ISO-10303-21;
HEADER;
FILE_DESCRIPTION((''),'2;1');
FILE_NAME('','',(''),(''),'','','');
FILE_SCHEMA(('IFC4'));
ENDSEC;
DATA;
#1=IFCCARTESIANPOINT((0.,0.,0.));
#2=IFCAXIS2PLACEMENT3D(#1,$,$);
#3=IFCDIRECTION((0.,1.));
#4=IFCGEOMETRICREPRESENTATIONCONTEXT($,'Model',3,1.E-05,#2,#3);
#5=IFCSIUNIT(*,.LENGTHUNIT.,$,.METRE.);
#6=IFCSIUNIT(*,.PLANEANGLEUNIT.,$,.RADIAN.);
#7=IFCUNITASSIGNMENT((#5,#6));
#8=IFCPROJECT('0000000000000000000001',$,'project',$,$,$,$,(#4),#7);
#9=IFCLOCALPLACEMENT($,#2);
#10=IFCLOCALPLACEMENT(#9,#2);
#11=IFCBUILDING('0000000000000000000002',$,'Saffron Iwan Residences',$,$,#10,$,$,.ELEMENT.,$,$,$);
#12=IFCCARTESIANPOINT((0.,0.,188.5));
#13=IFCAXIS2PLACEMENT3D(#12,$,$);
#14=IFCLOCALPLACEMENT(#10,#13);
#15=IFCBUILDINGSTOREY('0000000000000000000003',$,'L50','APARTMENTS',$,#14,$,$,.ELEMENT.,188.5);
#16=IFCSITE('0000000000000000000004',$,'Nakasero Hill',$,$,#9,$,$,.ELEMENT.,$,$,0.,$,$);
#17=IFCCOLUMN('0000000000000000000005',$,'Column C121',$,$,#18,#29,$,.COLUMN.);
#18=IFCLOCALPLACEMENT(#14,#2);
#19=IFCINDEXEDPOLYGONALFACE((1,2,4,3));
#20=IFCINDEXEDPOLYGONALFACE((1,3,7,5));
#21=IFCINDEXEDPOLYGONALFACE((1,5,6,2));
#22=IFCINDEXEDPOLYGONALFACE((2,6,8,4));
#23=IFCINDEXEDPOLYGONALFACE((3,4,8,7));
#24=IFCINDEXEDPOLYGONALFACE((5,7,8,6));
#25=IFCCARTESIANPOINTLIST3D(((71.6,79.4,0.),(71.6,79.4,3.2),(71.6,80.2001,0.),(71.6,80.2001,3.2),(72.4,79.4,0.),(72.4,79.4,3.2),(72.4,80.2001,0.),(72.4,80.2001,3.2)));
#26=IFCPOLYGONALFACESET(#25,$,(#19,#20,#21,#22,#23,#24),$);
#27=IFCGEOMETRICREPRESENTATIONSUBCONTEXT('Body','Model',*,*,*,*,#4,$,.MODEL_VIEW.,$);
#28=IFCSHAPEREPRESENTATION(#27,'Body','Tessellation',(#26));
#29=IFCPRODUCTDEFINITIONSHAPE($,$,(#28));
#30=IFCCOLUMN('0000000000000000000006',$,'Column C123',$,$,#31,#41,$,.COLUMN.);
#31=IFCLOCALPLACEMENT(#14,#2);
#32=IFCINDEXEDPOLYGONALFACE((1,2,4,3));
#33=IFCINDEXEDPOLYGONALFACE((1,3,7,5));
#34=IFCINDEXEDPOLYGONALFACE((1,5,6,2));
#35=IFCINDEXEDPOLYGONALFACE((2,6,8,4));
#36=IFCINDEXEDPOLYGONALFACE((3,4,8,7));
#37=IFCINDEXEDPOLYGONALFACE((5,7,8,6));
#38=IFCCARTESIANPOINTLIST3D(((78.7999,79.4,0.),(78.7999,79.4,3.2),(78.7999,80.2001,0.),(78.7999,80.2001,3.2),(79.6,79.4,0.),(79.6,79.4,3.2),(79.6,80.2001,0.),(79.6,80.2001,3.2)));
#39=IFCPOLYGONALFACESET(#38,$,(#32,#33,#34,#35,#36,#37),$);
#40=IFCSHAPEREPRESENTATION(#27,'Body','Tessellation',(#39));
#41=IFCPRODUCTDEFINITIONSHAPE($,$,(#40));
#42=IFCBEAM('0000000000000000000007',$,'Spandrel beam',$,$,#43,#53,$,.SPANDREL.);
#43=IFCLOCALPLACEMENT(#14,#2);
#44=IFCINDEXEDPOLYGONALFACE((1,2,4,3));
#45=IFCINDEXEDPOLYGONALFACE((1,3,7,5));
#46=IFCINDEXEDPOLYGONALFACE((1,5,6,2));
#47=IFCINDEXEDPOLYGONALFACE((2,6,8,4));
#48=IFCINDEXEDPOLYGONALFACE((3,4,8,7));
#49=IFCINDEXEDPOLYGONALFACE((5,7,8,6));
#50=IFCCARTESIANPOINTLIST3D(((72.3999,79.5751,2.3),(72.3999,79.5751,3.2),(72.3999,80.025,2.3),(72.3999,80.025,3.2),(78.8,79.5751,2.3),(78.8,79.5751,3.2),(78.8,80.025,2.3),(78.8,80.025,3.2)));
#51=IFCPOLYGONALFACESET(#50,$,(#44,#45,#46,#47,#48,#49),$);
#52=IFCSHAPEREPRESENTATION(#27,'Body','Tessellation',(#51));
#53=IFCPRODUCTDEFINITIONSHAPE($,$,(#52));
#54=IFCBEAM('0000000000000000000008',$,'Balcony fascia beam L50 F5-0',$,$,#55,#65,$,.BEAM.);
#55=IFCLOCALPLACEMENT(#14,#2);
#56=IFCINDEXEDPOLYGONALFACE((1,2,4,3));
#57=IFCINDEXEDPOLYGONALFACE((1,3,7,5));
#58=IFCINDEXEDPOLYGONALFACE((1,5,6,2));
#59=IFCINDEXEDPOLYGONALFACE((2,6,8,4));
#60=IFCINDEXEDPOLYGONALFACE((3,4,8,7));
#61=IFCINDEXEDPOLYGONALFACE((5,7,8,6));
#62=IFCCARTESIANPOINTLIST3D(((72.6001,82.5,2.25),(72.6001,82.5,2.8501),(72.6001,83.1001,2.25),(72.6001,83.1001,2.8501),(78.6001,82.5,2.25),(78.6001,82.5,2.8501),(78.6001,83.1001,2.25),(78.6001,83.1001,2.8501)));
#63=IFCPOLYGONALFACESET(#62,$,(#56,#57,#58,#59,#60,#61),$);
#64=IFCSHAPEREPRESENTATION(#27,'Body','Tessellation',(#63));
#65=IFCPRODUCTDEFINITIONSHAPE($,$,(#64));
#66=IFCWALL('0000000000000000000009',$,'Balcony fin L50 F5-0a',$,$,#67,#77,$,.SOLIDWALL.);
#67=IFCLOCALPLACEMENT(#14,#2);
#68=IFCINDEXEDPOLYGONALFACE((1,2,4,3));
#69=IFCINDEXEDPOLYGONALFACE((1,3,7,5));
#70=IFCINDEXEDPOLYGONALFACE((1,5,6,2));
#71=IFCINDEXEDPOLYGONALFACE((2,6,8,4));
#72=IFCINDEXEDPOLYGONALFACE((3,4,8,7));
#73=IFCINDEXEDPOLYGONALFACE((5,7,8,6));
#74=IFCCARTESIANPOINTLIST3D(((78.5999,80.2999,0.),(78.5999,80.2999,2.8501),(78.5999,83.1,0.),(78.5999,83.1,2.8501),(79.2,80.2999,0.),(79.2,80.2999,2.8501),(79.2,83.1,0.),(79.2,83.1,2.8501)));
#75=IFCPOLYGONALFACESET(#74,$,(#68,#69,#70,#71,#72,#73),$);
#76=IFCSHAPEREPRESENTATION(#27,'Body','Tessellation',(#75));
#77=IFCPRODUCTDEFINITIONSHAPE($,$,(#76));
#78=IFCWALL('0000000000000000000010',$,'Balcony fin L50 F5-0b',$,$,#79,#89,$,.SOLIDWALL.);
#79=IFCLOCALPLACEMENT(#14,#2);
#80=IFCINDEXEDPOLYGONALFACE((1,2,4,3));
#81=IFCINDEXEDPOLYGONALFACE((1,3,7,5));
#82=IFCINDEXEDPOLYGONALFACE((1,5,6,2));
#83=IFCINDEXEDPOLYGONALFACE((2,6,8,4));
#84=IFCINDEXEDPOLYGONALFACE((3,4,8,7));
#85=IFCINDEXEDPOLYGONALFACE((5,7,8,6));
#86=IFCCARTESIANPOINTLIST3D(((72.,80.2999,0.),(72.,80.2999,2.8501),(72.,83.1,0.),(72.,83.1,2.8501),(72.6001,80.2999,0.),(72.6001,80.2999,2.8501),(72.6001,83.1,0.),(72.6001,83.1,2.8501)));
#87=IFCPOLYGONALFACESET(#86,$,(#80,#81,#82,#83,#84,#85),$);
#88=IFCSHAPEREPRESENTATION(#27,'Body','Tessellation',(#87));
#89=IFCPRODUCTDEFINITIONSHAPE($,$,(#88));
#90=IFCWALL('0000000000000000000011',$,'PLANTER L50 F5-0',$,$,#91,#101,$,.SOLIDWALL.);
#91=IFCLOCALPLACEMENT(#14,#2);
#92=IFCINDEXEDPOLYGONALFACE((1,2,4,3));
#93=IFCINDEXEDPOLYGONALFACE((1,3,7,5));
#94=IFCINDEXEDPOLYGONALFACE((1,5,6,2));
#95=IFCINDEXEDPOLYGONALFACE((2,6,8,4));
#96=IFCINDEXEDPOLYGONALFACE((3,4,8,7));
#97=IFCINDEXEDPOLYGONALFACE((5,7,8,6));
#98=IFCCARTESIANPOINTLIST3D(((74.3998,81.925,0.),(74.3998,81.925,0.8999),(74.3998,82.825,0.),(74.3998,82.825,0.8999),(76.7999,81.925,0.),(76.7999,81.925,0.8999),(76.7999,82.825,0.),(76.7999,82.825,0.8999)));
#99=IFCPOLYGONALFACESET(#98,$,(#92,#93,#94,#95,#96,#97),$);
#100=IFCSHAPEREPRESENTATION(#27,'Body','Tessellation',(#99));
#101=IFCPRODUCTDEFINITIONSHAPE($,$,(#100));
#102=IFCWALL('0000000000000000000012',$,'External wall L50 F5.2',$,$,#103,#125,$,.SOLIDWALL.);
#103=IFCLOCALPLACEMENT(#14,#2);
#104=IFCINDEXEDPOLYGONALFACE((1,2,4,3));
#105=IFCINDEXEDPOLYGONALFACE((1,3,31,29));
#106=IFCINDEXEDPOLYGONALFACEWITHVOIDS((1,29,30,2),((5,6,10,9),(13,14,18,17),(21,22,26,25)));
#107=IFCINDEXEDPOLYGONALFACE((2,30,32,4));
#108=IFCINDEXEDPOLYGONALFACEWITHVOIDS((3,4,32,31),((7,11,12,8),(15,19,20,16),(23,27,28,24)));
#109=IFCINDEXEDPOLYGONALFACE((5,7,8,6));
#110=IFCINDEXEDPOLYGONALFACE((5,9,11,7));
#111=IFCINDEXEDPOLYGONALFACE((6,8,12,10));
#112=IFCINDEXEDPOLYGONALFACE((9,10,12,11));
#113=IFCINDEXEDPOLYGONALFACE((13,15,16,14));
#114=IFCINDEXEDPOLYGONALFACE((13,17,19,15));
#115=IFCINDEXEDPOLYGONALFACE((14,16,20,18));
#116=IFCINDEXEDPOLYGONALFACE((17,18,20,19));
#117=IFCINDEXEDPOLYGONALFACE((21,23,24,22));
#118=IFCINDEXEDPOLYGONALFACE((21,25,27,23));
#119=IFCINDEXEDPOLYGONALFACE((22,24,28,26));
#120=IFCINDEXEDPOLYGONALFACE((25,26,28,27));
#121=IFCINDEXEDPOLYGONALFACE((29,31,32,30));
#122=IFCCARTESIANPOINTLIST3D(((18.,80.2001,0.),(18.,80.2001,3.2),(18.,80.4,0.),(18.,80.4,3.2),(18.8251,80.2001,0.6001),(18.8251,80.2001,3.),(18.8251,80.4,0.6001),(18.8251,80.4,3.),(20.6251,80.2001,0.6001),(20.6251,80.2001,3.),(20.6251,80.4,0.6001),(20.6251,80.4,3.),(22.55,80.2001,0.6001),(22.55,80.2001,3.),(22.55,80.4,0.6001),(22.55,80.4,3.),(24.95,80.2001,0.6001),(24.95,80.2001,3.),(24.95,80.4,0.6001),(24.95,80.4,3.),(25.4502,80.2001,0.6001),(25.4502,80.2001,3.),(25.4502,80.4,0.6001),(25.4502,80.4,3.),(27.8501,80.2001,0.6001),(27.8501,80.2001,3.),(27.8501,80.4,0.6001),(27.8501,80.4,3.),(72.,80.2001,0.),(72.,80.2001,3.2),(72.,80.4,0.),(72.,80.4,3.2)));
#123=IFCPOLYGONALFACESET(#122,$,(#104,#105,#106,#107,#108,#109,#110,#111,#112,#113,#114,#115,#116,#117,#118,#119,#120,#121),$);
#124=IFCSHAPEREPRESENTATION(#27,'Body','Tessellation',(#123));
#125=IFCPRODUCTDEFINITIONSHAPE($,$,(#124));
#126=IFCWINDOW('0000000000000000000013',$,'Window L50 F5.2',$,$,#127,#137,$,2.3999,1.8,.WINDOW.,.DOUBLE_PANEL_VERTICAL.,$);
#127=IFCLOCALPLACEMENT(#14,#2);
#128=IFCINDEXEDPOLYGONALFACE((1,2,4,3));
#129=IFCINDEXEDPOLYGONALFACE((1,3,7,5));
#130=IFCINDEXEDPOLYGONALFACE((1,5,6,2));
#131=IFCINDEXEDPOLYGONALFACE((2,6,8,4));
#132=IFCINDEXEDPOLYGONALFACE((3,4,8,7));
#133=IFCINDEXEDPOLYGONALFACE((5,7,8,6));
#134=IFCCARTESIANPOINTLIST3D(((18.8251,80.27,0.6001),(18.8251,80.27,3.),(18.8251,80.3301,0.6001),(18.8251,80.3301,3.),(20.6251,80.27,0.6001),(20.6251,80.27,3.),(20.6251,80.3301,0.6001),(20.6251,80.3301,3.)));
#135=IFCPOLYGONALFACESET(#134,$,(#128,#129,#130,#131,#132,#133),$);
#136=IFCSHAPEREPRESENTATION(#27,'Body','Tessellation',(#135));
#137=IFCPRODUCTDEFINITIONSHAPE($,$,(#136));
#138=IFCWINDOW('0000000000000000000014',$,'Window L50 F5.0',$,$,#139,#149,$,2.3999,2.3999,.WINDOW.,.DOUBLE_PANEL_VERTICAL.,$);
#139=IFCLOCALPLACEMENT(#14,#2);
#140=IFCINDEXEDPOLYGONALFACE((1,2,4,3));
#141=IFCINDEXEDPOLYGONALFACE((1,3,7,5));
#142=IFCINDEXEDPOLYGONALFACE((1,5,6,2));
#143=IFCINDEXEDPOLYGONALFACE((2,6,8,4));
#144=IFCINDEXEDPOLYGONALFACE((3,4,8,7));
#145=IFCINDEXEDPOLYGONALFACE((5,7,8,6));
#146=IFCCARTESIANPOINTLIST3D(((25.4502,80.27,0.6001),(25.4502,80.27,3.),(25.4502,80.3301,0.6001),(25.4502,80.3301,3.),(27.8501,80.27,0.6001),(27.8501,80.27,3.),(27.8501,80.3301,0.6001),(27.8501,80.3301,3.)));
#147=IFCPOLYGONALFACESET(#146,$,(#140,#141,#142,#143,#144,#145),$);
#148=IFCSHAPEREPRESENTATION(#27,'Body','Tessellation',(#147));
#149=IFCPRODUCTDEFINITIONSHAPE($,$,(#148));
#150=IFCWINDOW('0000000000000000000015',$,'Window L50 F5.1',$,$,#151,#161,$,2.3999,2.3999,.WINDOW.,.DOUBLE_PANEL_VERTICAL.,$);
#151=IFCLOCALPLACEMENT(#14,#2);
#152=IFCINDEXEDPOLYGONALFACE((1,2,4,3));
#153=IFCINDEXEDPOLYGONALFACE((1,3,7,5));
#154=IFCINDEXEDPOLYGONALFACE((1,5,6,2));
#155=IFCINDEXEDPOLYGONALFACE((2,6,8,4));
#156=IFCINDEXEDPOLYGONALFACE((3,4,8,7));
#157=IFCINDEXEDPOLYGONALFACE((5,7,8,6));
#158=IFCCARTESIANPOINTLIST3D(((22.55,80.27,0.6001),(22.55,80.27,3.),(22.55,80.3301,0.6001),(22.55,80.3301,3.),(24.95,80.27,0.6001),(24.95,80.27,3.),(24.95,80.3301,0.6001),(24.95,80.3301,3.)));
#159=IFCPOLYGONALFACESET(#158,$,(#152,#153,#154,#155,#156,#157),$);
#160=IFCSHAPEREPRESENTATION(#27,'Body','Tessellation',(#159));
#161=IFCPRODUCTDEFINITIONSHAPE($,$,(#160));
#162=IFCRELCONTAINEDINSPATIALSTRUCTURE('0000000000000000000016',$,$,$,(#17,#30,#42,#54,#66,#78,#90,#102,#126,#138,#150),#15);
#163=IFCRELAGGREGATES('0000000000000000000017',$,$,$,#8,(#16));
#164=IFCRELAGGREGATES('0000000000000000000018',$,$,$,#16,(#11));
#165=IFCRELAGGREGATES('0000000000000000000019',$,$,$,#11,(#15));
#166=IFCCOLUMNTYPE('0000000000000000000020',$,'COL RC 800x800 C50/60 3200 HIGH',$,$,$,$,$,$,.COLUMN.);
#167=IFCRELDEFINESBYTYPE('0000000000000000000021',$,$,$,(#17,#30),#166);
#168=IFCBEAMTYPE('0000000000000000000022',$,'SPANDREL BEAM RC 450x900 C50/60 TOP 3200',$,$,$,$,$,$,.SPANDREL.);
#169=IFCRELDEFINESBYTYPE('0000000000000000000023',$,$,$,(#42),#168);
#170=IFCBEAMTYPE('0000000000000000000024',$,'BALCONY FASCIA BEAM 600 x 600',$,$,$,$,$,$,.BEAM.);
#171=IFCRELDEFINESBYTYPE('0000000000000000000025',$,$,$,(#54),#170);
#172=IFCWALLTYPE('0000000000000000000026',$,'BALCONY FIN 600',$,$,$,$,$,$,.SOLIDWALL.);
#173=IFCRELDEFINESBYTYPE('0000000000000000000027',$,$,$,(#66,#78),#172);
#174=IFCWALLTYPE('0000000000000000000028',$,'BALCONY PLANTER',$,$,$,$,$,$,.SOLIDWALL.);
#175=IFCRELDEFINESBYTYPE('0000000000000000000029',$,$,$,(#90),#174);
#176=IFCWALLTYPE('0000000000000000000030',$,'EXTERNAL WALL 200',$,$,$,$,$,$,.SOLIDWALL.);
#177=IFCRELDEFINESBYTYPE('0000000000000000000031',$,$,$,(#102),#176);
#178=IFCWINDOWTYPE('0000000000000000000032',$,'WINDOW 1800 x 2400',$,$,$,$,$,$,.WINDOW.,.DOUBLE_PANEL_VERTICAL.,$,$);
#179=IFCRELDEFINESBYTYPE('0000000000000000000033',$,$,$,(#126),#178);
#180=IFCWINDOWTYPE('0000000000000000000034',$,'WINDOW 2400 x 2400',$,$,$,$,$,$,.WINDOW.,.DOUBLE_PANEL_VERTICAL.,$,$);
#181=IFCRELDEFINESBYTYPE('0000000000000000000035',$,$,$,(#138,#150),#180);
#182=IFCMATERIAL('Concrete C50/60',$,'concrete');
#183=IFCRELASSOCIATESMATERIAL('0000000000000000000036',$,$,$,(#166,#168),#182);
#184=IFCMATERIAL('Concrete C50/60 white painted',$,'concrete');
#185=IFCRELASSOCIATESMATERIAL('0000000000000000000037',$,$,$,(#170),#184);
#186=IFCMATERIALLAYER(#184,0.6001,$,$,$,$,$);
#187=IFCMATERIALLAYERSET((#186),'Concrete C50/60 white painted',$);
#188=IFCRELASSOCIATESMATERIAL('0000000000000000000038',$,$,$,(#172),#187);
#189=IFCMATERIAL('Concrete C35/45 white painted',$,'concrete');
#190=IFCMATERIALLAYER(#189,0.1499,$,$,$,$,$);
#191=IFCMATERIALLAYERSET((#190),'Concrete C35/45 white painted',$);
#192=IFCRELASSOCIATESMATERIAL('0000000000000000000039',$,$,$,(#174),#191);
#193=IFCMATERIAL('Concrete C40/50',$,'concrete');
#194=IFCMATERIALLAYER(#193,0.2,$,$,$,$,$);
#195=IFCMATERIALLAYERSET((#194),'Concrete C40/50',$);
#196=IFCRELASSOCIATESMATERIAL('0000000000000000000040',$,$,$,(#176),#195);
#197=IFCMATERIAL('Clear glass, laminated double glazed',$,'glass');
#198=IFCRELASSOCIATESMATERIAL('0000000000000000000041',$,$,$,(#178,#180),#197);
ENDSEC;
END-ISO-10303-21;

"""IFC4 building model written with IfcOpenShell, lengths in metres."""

from ifc_helpers import new_model, si_unit, direction, frame, frame_2d, origin, origin_2d, place, context, subcontext, project, spatial, rectangle, extrude, source, transform, mapped, material, layer, layer_set, material_profile, profile_set, type_object, element, fill, save


model = new_model("IFC4")

# Units and contexts
model_context = context("Model", 3, precision=1e-05, world=origin(), true_north=direction((0.0, 1.0)))
body_context = subcontext(model_context, "Body", "Model", "MODEL_VIEW")
ifc_project = project(units=[si_unit("LENGTHUNIT", "METRE"), si_unit("PLANEANGLEUNIT", "RADIAN")], contexts=[model_context])

# Site, building, storey
site_placement = place(None, origin())
site = spatial("IfcSite", under=ifc_project, at=site_placement, Name="Nakasero Hill", CompositionType="ELEMENT", RefElevation=0.0)
building_placement = place(site_placement, origin())
building = spatial("IfcBuilding", under=site, at=building_placement, Name="Saffron Iwan Residences", CompositionType="ELEMENT")
storey_placement = place(building_placement, frame((0.0, 0.0, 188.5)))
storey = spatial("IfcBuildingStorey", under=building, at=storey_placement, Name="L50", Description="APARTMENTS", CompositionType="ELEMENT", Elevation=188.5)

# Columns
ifc_material_1 = material(Name="Concrete C50/60", Category="concrete")
ifc_material_profile_1 = material_profile(ifc_material_1, rectangle(XDim=0.8, YDim=0.8, at=origin_2d()), Name="RC 800x800")
ifc_profile_set_1 = profile_set([ifc_material_profile_1], Name="Concrete C50/60")
column_type = type_object("IfcColumnType", Name="COL RC 800x800 C50/60 3200 HIGH", PredefinedType="COLUMN", material=ifc_profile_set_1)
shared_shape_1 = source(origin(), body_context, "Body", "SweptSolid", [
    extrude(rectangle(XDim=0.8, YDim=0.8, at=origin_2d()), origin(), (0.0, 0.0, 1.0), 3.2),
])
for number, where, z_axis, x_axis, name in (
    (1, (72.0, 79.8, 0.0), (0.0, 0.0, 1.0), (1.0, 0.0, 0.0), "Column C121"),
    (2, (79.2, 79.8, 0.0), (0.0, 0.0, 1.0), (1.0, 0.0, 0.0), "Column C123"),
):
    element("IfcColumn", number, at=place(storey_placement, frame(where, z_axis=z_axis, x_axis=x_axis)), inside=storey, type_object=column_type, Name=name, PredefinedType="COLUMN", context=body_context, shape_type="MappedRepresentation", body=[
        mapped(shared_shape_1, transform((0.0, 0.0, 0.0))),
    ])

# Beams
ifc_material_profile_2 = material_profile(ifc_material_1, rectangle(XDim=0.45, YDim=0.8999, at=origin_2d()), Name="RC 450x900")
ifc_profile_set_2 = profile_set([ifc_material_profile_2], Name="Concrete C50/60")
beam_type_1 = type_object("IfcBeamType", Name="SPANDREL BEAM RC 450x900 C50/60 TOP 3200", PredefinedType="SPANDREL", material=ifc_profile_set_2)
shared_shape_2 = source(origin(), body_context, "Body", "SweptSolid", [
    extrude(rectangle(XDim=0.45, YDim=0.8999, at=origin_2d()), origin(), (0.0, 0.0, 1.0), 6.4001),
])
beam_1_placement = place(storey_placement, frame((72.3999, 79.8, 2.75), z_axis=(1.0, 0.0, 0.0), x_axis=(0.0, 1.0, 0.0)))
element("IfcBeam", 3, at=beam_1_placement, inside=storey, type_object=beam_type_1, Name="Spandrel beam", PredefinedType="SPANDREL", context=body_context, shape_type="MappedRepresentation", body=[
    mapped(shared_shape_2, transform((0.0, 0.0, 0.0))),
])
ifc_material_2 = material(Name="Concrete C50/60 white painted", Category="concrete")
ifc_material_profile_3 = material_profile(ifc_material_2, rectangle(XDim=0.6001, YDim=0.6001, at=origin_2d()), Name="BALCONY FASCIA BEAM 600 x 600")
ifc_profile_set_3 = profile_set([ifc_material_profile_3], Name="Concrete C50/60 white painted")
beam_type_2 = type_object("IfcBeamType", Name="BALCONY FASCIA BEAM 600 x 600", PredefinedType="BEAM", material=ifc_profile_set_3)
shared_shape_3 = source(origin(), body_context, "Body", "SweptSolid", [
    extrude(rectangle(XDim=0.6001, YDim=0.6001, at=origin_2d()), origin(), (0.0, 0.0, 1.0), 6.0),
])
beam_2_placement = place(storey_placement, frame((78.6001, 82.8, 2.55), z_axis=(-1.0, 0.0, 0.0), x_axis=(0.0, -1.0, 0.0)))
element("IfcBeam", 4, at=beam_2_placement, inside=storey, type_object=beam_type_2, Name="Balcony fascia beam L50 F5-0", PredefinedType="BEAM", context=body_context, shape_type="MappedRepresentation", body=[
    mapped(shared_shape_3, transform((0.0, 0.0, 0.0))),
])

# Walls
ifc_layer_1 = layer(ifc_material_2, 0.6001)
ifc_layer_set_1 = layer_set([ifc_layer_1], Name="Concrete C50/60 white painted")
wall_type_1 = type_object("IfcWallType", Name="BALCONY FIN 600", PredefinedType="SOLIDWALL", material=ifc_layer_set_1)
for number, where, z_axis, x_axis, name in (
    (5, (78.8999, 80.3, 0.0), (0.0, 0.0, 1.0), (0.0, 1.0, 0.0), "Balcony fin L50 F5-0a"),
    (6, (72.3, 80.3, 0.0), (0.0, 0.0, 1.0), (0.0, 1.0, 0.0), "Balcony fin L50 F5-0b"),
):
    element("IfcWall", number, at=place(storey_placement, frame(where, z_axis=z_axis, x_axis=x_axis)), inside=storey, type_object=wall_type_1, Name=name, PredefinedType="SOLIDWALL", context=body_context, shape_type="SweptSolid", body=[
        extrude(rectangle(XDim=2.8, YDim=0.6001, at=frame_2d((1.3999, 0.0))), origin(), (0.0, 0.0, 1.0), 2.8501),
    ])
ifc_material_3 = material(Name="Concrete C35/45 white painted", Category="concrete")
ifc_layer_2 = layer(ifc_material_3, 0.1499)
ifc_layer_set_2 = layer_set([ifc_layer_2], Name="Concrete C35/45 white painted")
wall_type_2 = type_object("IfcWallType", Name="BALCONY PLANTER", PredefinedType="SOLIDWALL", material=ifc_layer_set_2)
wall_1_placement = place(storey_placement, frame((76.8, 82.375, 0.0), z_axis=(0.0, 0.0, 1.0), x_axis=(-1.0, 0.0, 0.0)))
element("IfcWall", 7, at=wall_1_placement, inside=storey, type_object=wall_type_2, Name="PLANTER L50 F5-0", PredefinedType="SOLIDWALL", context=body_context, shape_type="SweptSolid", body=[
    extrude(rectangle(XDim=2.4001, YDim=0.8999, at=frame_2d((1.2002, 0.0))), origin(), (0.0, 0.0, 1.0), 0.8999),
])

# Shared definitions
ifc_material_4 = material(Name="Concrete C40/50", Category="concrete")
ifc_layer_3 = layer(ifc_material_4, 0.2)
ifc_layer_set_3 = layer_set([ifc_layer_3], Name="Concrete C40/50")
wall_type_3 = type_object("IfcWallType", Name="EXTERNAL WALL 200", PredefinedType="SOLIDWALL", material=ifc_layer_set_3)
ifc_material_5 = material(Name="Clear glass, laminated double glazed", Category="glass")

# Wall, openings, windows
wall_2_placement = place(storey_placement, frame((72.0, 80.3, 0.0), z_axis=(0.0, 0.0, 1.0), x_axis=(-1.0, 0.0, 0.0)))
wall_2 = element("IfcWall", 8, at=wall_2_placement, inside=storey, type_object=wall_type_3, Name="External wall L50 F5.2", PredefinedType="SOLIDWALL", context=body_context, shape_type="SweptSolid", body=[
    extrude(rectangle(XDim=54.0, YDim=0.2, at=frame_2d((27.0, 0.0))), origin(), (0.0, 0.0, 1.0), 3.2),
])
opening_1_placement = place(wall_2_placement, frame((44.1499, 0.0, 0.6001)))
opening_1 = element("IfcOpeningElement", 9, at=opening_1_placement, cuts=wall_2, PredefinedType="OPENING", context=body_context, shape_type="SweptSolid", body=[
    extrude(rectangle(XDim=2.3999, YDim=2.3999, at=frame_2d((1.2, 1.2))), frame((0.0, 0.1099, 0.0), z_axis=(0.0, -1.0, 0.0), x_axis=(1.0, 0.0, 0.0)), (0.0, 0.0, 1.0), 0.22),
])
opening_2_placement = place(wall_2_placement, frame((47.05, 0.0, 0.6001)))
opening_2 = element("IfcOpeningElement", 10, at=opening_2_placement, cuts=wall_2, PredefinedType="OPENING", context=body_context, shape_type="SweptSolid", body=[
    extrude(rectangle(XDim=2.3999, YDim=2.3999, at=frame_2d((1.2, 1.2))), frame((0.0, 0.1099, 0.0), z_axis=(0.0, -1.0, 0.0), x_axis=(1.0, 0.0, 0.0)), (0.0, 0.0, 1.0), 0.22),
])
opening_3_placement = place(wall_2_placement, frame((51.375, 0.0, 0.6001)))
opening_3 = element("IfcOpeningElement", 11, at=opening_3_placement, cuts=wall_2, PredefinedType="OPENING", context=body_context, shape_type="SweptSolid", body=[
    extrude(rectangle(XDim=1.8, YDim=2.3999, at=frame_2d((0.8999, 1.2))), frame((0.0, 0.1099, 0.0), z_axis=(0.0, -1.0, 0.0), x_axis=(1.0, 0.0, 0.0)), (0.0, 0.0, 1.0), 0.22),
])
window_type_1 = type_object("IfcWindowType", Name="WINDOW 1800 x 2400", PartitioningType="DOUBLE_PANEL_VERTICAL", PredefinedType="WINDOW", material=ifc_material_5)
window_1_placement = place(opening_3_placement, origin())
window_1 = element("IfcWindow", 12, at=window_1_placement, inside=storey, type_object=window_type_1, Name="Window L50 F5.2", OverallHeight=2.3999, OverallWidth=1.8, PartitioningType="DOUBLE_PANEL_VERTICAL", PredefinedType="WINDOW", context=body_context, shape_type="SweptSolid", body=[
    extrude(rectangle(XDim=1.8, YDim=2.3999, at=frame_2d((0.8999, 1.2))), frame((0.0, 0.03, 0.0), z_axis=(0.0, -1.0, 0.0), x_axis=(1.0, 0.0, 0.0)), (0.0, 0.0, 1.0), 0.0601),
])
fill(opening_3, window_1)
window_type_2 = type_object("IfcWindowType", Name="WINDOW 2400 x 2400", PartitioningType="DOUBLE_PANEL_VERTICAL", PredefinedType="WINDOW", material=ifc_material_5)
window_2_placement = place(opening_1_placement, origin())
window_2 = element("IfcWindow", 13, at=window_2_placement, inside=storey, type_object=window_type_2, Name="Window L50 F5.0", OverallHeight=2.3999, OverallWidth=2.3999, PartitioningType="DOUBLE_PANEL_VERTICAL", PredefinedType="WINDOW", context=body_context, shape_type="SweptSolid", body=[
    extrude(rectangle(XDim=2.3999, YDim=2.3999, at=frame_2d((1.2, 1.2))), frame((0.0, 0.03, 0.0), z_axis=(0.0, -1.0, 0.0), x_axis=(1.0, 0.0, 0.0)), (0.0, 0.0, 1.0), 0.0601),
])
fill(opening_1, window_2)
window_3_placement = place(opening_2_placement, origin())
window_3 = element("IfcWindow", 14, at=window_3_placement, inside=storey, type_object=window_type_2, Name="Window L50 F5.1", OverallHeight=2.3999, OverallWidth=2.3999, PartitioningType="DOUBLE_PANEL_VERTICAL", PredefinedType="WINDOW", context=body_context, shape_type="SweptSolid", body=[
    extrude(rectangle(XDim=2.3999, YDim=2.3999, at=frame_2d((1.2, 1.2))), frame((0.0, 0.03, 0.0), z_axis=(0.0, -1.0, 0.0), x_axis=(1.0, 0.0, 0.0)), (0.0, 0.0, 1.0), 0.0601),
])
fill(opening_2, window_3)

save(model, "model.ifc")
